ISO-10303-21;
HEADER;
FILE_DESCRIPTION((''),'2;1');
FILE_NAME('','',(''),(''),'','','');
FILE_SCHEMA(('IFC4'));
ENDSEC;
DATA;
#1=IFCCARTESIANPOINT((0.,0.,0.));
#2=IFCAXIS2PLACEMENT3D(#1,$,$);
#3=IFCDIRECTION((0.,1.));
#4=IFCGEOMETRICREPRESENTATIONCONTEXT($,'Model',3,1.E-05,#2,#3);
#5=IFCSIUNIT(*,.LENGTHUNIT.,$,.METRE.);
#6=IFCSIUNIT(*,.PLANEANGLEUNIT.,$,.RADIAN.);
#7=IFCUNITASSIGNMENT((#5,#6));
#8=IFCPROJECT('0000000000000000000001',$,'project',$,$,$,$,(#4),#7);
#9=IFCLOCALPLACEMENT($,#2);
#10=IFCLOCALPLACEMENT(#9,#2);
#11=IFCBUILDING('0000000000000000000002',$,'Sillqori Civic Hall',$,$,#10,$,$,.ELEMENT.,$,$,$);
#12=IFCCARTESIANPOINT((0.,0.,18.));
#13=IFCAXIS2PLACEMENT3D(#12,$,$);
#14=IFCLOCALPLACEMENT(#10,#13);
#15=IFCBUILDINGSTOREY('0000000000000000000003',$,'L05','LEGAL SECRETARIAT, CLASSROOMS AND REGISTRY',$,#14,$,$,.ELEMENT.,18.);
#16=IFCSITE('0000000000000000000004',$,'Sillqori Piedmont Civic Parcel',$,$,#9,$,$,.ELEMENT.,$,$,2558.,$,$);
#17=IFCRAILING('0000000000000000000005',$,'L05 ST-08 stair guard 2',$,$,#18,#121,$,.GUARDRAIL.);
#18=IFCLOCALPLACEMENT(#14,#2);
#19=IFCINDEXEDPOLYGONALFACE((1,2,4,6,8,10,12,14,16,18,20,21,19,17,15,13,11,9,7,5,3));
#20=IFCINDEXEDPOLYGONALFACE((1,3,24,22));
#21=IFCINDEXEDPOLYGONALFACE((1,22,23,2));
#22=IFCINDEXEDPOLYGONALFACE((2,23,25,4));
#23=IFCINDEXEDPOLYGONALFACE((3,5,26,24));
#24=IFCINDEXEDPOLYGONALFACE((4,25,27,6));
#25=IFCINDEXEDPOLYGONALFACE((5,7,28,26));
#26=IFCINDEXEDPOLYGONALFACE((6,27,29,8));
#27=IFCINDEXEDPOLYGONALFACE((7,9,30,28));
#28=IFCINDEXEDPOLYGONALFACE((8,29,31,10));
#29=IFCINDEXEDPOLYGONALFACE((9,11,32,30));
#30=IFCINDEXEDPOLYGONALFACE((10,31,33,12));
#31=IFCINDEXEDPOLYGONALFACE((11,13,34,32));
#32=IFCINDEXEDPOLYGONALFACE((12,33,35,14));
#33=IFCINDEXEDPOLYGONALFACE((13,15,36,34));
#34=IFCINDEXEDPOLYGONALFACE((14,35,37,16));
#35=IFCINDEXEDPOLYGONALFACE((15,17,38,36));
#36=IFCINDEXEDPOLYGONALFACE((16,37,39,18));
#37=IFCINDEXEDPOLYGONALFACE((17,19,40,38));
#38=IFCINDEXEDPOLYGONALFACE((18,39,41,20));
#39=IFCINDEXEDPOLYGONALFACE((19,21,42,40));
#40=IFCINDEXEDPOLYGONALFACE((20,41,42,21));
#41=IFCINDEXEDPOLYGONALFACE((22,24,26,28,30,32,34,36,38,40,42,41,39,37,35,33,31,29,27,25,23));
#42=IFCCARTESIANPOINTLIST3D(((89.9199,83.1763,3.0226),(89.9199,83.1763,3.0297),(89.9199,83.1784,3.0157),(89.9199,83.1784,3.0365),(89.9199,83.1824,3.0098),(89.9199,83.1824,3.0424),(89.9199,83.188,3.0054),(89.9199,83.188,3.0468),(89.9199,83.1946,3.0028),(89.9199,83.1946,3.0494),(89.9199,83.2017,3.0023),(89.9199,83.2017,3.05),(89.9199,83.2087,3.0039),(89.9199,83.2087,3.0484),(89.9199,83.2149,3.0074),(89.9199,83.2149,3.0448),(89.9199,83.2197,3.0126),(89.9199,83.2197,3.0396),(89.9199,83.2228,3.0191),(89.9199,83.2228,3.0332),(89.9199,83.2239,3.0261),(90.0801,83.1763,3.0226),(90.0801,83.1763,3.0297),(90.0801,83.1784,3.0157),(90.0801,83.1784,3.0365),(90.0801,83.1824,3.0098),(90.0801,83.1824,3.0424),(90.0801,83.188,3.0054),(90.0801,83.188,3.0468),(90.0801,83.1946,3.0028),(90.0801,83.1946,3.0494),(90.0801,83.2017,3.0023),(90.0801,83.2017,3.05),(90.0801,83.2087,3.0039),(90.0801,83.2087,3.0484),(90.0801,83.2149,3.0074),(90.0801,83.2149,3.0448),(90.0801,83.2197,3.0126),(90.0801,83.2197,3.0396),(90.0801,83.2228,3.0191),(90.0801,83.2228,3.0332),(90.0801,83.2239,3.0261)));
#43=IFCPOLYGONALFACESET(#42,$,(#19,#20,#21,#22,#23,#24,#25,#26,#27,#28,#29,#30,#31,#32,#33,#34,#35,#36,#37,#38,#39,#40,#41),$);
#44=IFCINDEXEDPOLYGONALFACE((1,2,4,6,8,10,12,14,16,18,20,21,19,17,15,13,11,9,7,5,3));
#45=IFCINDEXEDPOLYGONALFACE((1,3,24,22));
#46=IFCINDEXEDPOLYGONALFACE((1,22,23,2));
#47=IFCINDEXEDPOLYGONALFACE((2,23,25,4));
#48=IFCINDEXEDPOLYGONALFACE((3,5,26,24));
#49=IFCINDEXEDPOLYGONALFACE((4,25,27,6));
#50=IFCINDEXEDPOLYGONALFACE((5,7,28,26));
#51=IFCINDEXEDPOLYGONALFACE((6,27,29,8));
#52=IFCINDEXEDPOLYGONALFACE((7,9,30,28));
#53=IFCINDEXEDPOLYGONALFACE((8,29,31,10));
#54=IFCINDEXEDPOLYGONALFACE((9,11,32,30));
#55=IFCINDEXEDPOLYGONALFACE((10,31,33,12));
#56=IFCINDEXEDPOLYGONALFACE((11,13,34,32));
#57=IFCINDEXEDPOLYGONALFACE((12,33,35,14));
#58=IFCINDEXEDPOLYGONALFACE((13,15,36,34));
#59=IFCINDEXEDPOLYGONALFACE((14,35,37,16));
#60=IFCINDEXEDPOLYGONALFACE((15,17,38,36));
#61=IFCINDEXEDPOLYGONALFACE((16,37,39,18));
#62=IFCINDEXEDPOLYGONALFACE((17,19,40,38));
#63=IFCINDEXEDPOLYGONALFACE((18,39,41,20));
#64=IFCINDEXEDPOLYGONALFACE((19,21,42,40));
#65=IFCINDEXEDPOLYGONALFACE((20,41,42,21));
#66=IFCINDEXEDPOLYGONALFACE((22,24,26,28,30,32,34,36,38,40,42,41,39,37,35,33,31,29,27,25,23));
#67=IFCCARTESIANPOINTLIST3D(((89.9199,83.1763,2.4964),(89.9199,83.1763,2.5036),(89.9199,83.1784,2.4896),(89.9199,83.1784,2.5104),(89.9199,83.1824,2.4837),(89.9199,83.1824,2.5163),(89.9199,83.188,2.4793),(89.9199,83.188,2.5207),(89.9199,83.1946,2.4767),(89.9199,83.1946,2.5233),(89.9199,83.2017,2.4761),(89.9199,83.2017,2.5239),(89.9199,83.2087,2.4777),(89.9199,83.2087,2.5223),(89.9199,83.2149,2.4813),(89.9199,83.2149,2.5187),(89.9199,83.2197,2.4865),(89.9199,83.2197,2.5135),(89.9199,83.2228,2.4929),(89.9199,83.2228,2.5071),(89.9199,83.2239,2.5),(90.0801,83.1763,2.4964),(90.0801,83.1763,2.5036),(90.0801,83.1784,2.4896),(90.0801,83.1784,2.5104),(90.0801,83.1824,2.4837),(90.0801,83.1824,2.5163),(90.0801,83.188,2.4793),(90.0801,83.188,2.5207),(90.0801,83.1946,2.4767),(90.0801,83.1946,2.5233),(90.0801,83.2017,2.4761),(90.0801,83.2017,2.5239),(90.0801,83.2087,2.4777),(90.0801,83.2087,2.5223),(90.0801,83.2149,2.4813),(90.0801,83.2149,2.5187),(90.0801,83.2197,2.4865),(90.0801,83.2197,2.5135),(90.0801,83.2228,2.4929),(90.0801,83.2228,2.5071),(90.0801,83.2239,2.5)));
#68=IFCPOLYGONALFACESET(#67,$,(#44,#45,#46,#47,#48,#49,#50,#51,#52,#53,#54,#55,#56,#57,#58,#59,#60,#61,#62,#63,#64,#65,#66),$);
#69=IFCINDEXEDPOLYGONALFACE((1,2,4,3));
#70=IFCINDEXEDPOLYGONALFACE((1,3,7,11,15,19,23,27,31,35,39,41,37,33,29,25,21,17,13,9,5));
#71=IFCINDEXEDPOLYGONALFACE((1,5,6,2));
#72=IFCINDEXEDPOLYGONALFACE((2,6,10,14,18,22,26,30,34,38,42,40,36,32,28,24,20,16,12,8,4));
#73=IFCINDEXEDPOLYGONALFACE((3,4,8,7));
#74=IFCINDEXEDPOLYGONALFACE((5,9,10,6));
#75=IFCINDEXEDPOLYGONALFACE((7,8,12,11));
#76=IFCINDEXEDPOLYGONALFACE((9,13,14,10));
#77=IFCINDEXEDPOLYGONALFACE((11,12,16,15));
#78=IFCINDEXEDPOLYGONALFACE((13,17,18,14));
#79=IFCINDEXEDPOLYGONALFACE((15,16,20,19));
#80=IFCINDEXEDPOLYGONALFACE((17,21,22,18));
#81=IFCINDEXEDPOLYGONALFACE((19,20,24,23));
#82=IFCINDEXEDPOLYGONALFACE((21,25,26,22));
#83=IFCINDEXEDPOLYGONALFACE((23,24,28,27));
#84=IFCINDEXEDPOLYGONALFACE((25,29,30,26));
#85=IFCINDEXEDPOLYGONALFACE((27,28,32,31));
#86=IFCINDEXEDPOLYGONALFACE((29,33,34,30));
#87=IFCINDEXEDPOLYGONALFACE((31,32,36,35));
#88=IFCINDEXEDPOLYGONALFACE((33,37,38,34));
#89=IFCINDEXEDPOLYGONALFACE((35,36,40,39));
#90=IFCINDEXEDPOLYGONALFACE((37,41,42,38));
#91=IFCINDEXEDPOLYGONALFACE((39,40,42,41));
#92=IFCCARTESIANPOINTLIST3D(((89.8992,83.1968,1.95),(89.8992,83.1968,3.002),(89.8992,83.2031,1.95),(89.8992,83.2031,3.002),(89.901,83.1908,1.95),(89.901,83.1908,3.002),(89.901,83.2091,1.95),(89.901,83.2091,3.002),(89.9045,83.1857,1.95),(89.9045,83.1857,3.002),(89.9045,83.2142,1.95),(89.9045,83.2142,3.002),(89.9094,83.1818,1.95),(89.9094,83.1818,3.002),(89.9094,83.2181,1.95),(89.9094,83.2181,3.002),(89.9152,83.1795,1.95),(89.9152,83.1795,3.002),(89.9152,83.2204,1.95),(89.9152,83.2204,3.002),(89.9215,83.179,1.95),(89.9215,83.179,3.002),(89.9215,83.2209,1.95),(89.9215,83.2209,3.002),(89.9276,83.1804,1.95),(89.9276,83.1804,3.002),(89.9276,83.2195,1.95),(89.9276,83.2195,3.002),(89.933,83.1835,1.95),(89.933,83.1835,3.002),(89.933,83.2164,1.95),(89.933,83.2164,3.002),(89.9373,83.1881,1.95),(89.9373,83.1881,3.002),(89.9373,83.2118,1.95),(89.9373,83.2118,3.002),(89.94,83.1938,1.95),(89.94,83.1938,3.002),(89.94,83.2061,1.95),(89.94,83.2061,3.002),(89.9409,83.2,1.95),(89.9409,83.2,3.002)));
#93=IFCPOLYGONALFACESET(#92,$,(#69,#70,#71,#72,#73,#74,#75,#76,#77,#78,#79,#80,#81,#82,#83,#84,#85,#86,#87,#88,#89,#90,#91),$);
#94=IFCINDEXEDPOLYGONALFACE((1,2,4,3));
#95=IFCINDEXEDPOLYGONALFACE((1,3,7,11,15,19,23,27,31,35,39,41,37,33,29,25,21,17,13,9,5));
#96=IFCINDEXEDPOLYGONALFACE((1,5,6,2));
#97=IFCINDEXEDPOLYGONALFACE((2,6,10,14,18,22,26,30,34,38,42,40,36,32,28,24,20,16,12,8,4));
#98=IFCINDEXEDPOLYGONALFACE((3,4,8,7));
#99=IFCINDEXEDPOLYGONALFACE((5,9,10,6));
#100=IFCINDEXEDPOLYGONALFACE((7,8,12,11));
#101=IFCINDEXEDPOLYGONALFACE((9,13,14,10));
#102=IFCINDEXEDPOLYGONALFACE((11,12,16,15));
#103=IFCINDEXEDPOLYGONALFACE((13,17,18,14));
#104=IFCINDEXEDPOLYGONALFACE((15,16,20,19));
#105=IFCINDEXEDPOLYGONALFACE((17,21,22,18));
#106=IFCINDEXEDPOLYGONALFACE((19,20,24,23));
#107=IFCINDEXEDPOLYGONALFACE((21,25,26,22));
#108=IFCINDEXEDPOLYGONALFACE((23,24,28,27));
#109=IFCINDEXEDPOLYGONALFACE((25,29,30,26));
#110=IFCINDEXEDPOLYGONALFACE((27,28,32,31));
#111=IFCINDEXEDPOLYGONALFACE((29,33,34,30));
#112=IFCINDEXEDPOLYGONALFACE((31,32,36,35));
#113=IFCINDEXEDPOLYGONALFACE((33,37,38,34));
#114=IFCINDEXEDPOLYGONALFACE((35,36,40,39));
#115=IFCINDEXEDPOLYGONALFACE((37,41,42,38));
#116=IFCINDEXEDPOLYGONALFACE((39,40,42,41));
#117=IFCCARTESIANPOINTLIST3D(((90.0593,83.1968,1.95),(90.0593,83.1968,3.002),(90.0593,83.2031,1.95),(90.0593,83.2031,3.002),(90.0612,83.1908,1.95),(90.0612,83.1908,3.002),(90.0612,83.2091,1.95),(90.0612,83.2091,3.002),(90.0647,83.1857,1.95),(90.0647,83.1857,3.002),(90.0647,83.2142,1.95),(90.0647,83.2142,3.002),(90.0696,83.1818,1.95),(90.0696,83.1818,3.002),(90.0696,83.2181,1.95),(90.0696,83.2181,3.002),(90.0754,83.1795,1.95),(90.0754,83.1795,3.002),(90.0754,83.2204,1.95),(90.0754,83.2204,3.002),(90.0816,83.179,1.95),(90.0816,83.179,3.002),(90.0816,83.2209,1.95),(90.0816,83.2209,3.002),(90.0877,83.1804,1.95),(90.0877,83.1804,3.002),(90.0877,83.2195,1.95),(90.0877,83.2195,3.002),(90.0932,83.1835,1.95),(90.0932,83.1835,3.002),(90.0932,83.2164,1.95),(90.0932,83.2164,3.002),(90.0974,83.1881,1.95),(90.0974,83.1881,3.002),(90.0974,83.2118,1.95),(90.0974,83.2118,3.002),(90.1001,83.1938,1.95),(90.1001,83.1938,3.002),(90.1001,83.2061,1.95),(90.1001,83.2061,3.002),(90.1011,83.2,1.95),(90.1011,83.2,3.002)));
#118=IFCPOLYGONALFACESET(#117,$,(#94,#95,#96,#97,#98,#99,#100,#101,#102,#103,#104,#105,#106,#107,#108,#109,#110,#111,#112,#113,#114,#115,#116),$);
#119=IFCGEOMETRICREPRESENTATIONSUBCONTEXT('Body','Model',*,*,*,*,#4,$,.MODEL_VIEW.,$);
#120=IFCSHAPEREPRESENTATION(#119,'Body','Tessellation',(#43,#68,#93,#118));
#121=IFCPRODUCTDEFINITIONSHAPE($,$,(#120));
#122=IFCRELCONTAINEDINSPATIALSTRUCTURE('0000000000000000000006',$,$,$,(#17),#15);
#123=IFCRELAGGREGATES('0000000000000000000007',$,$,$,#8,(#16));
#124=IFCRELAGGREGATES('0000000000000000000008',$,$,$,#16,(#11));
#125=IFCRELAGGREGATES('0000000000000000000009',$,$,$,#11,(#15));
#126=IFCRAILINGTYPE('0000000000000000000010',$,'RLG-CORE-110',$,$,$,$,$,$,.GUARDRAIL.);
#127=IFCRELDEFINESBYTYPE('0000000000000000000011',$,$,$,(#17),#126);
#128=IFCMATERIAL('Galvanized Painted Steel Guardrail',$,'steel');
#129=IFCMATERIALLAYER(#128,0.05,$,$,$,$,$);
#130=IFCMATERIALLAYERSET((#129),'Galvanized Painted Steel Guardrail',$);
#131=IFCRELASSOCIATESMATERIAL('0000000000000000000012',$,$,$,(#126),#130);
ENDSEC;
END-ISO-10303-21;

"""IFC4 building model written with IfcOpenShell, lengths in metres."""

from ifc_helpers import new_model, si_unit, direction, frame, origin, origin_2d, place, context, subcontext, project, spatial, circle, extrude, material, layer, layer_set, type_object, element, save


model = new_model("IFC4")

# Units and contexts
model_context = context("Model", 3, precision=1e-05, world=origin(), true_north=direction((0.0, 1.0)))
body_context = subcontext(model_context, "Body", "Model", "MODEL_VIEW")
ifc_project = project(units=[si_unit("LENGTHUNIT", "METRE"), si_unit("PLANEANGLEUNIT", "RADIAN")], contexts=[model_context])

# Site, building, storey
site_placement = place(None, origin())
site = spatial("IfcSite", under=ifc_project, at=site_placement, Name="Sillqori Piedmont Civic Parcel", CompositionType="ELEMENT", RefElevation=2558.0)
building_placement = place(site_placement, origin())
building = spatial("IfcBuilding", under=site, at=building_placement, Name="Sillqori Civic Hall", CompositionType="ELEMENT")
storey_placement = place(building_placement, frame((0.0, 0.0, 18.0)))
storey = spatial("IfcBuildingStorey", under=building, at=storey_placement, Name="L05", Description="LEGAL SECRETARIAT, CLASSROOMS AND REGISTRY", CompositionType="ELEMENT", Elevation=18.0)

# Railing
ifc_material_1 = material(Name="Galvanized Painted Steel Guardrail", Category="steel")
ifc_layer_1 = layer(ifc_material_1, 0.05)
ifc_layer_set_1 = layer_set([ifc_layer_1], Name="Galvanized Painted Steel Guardrail")
railing_type_1 = type_object("IfcRailingType", Name="RLG-CORE-110", PredefinedType="GUARDRAIL", material=ifc_layer_set_1)
railing_1_placement = place(storey_placement, frame((89.9199, 83.2, 1.95)))
element("IfcRailing", 1, at=railing_1_placement, inside=storey, type_object=railing_type_1, Name="L05 ST-08 stair guard 2", PredefinedType="GUARDRAIL", context=body_context, shape_type="SweptSolid", body=[
    extrude(circle(Radius=0.0239, at=origin_2d()), frame((0.0, 0.0, 1.0762), z_axis=(1.0, 0.0, 0.0), x_axis=(0.0, 1.0, 0.0)), (0.0, 0.0, 1.0), 0.1602),
    extrude(circle(Radius=0.0239, at=origin_2d()), frame((0.0, 0.0, 0.55), z_axis=(1.0, 0.0, 0.0), x_axis=(0.0, 1.0, 0.0)), (0.0, 0.0, 1.0), 0.1602),
    extrude(circle(Radius=0.021, at=origin_2d()), origin(), (0.0, 0.0, 1.0), 1.052),
    extrude(circle(Radius=0.021, at=origin_2d()), frame((0.1602, 0.0, 0.0)), (0.0, 0.0, 1.0), 1.052),
])

save(model, "model.ifc")
